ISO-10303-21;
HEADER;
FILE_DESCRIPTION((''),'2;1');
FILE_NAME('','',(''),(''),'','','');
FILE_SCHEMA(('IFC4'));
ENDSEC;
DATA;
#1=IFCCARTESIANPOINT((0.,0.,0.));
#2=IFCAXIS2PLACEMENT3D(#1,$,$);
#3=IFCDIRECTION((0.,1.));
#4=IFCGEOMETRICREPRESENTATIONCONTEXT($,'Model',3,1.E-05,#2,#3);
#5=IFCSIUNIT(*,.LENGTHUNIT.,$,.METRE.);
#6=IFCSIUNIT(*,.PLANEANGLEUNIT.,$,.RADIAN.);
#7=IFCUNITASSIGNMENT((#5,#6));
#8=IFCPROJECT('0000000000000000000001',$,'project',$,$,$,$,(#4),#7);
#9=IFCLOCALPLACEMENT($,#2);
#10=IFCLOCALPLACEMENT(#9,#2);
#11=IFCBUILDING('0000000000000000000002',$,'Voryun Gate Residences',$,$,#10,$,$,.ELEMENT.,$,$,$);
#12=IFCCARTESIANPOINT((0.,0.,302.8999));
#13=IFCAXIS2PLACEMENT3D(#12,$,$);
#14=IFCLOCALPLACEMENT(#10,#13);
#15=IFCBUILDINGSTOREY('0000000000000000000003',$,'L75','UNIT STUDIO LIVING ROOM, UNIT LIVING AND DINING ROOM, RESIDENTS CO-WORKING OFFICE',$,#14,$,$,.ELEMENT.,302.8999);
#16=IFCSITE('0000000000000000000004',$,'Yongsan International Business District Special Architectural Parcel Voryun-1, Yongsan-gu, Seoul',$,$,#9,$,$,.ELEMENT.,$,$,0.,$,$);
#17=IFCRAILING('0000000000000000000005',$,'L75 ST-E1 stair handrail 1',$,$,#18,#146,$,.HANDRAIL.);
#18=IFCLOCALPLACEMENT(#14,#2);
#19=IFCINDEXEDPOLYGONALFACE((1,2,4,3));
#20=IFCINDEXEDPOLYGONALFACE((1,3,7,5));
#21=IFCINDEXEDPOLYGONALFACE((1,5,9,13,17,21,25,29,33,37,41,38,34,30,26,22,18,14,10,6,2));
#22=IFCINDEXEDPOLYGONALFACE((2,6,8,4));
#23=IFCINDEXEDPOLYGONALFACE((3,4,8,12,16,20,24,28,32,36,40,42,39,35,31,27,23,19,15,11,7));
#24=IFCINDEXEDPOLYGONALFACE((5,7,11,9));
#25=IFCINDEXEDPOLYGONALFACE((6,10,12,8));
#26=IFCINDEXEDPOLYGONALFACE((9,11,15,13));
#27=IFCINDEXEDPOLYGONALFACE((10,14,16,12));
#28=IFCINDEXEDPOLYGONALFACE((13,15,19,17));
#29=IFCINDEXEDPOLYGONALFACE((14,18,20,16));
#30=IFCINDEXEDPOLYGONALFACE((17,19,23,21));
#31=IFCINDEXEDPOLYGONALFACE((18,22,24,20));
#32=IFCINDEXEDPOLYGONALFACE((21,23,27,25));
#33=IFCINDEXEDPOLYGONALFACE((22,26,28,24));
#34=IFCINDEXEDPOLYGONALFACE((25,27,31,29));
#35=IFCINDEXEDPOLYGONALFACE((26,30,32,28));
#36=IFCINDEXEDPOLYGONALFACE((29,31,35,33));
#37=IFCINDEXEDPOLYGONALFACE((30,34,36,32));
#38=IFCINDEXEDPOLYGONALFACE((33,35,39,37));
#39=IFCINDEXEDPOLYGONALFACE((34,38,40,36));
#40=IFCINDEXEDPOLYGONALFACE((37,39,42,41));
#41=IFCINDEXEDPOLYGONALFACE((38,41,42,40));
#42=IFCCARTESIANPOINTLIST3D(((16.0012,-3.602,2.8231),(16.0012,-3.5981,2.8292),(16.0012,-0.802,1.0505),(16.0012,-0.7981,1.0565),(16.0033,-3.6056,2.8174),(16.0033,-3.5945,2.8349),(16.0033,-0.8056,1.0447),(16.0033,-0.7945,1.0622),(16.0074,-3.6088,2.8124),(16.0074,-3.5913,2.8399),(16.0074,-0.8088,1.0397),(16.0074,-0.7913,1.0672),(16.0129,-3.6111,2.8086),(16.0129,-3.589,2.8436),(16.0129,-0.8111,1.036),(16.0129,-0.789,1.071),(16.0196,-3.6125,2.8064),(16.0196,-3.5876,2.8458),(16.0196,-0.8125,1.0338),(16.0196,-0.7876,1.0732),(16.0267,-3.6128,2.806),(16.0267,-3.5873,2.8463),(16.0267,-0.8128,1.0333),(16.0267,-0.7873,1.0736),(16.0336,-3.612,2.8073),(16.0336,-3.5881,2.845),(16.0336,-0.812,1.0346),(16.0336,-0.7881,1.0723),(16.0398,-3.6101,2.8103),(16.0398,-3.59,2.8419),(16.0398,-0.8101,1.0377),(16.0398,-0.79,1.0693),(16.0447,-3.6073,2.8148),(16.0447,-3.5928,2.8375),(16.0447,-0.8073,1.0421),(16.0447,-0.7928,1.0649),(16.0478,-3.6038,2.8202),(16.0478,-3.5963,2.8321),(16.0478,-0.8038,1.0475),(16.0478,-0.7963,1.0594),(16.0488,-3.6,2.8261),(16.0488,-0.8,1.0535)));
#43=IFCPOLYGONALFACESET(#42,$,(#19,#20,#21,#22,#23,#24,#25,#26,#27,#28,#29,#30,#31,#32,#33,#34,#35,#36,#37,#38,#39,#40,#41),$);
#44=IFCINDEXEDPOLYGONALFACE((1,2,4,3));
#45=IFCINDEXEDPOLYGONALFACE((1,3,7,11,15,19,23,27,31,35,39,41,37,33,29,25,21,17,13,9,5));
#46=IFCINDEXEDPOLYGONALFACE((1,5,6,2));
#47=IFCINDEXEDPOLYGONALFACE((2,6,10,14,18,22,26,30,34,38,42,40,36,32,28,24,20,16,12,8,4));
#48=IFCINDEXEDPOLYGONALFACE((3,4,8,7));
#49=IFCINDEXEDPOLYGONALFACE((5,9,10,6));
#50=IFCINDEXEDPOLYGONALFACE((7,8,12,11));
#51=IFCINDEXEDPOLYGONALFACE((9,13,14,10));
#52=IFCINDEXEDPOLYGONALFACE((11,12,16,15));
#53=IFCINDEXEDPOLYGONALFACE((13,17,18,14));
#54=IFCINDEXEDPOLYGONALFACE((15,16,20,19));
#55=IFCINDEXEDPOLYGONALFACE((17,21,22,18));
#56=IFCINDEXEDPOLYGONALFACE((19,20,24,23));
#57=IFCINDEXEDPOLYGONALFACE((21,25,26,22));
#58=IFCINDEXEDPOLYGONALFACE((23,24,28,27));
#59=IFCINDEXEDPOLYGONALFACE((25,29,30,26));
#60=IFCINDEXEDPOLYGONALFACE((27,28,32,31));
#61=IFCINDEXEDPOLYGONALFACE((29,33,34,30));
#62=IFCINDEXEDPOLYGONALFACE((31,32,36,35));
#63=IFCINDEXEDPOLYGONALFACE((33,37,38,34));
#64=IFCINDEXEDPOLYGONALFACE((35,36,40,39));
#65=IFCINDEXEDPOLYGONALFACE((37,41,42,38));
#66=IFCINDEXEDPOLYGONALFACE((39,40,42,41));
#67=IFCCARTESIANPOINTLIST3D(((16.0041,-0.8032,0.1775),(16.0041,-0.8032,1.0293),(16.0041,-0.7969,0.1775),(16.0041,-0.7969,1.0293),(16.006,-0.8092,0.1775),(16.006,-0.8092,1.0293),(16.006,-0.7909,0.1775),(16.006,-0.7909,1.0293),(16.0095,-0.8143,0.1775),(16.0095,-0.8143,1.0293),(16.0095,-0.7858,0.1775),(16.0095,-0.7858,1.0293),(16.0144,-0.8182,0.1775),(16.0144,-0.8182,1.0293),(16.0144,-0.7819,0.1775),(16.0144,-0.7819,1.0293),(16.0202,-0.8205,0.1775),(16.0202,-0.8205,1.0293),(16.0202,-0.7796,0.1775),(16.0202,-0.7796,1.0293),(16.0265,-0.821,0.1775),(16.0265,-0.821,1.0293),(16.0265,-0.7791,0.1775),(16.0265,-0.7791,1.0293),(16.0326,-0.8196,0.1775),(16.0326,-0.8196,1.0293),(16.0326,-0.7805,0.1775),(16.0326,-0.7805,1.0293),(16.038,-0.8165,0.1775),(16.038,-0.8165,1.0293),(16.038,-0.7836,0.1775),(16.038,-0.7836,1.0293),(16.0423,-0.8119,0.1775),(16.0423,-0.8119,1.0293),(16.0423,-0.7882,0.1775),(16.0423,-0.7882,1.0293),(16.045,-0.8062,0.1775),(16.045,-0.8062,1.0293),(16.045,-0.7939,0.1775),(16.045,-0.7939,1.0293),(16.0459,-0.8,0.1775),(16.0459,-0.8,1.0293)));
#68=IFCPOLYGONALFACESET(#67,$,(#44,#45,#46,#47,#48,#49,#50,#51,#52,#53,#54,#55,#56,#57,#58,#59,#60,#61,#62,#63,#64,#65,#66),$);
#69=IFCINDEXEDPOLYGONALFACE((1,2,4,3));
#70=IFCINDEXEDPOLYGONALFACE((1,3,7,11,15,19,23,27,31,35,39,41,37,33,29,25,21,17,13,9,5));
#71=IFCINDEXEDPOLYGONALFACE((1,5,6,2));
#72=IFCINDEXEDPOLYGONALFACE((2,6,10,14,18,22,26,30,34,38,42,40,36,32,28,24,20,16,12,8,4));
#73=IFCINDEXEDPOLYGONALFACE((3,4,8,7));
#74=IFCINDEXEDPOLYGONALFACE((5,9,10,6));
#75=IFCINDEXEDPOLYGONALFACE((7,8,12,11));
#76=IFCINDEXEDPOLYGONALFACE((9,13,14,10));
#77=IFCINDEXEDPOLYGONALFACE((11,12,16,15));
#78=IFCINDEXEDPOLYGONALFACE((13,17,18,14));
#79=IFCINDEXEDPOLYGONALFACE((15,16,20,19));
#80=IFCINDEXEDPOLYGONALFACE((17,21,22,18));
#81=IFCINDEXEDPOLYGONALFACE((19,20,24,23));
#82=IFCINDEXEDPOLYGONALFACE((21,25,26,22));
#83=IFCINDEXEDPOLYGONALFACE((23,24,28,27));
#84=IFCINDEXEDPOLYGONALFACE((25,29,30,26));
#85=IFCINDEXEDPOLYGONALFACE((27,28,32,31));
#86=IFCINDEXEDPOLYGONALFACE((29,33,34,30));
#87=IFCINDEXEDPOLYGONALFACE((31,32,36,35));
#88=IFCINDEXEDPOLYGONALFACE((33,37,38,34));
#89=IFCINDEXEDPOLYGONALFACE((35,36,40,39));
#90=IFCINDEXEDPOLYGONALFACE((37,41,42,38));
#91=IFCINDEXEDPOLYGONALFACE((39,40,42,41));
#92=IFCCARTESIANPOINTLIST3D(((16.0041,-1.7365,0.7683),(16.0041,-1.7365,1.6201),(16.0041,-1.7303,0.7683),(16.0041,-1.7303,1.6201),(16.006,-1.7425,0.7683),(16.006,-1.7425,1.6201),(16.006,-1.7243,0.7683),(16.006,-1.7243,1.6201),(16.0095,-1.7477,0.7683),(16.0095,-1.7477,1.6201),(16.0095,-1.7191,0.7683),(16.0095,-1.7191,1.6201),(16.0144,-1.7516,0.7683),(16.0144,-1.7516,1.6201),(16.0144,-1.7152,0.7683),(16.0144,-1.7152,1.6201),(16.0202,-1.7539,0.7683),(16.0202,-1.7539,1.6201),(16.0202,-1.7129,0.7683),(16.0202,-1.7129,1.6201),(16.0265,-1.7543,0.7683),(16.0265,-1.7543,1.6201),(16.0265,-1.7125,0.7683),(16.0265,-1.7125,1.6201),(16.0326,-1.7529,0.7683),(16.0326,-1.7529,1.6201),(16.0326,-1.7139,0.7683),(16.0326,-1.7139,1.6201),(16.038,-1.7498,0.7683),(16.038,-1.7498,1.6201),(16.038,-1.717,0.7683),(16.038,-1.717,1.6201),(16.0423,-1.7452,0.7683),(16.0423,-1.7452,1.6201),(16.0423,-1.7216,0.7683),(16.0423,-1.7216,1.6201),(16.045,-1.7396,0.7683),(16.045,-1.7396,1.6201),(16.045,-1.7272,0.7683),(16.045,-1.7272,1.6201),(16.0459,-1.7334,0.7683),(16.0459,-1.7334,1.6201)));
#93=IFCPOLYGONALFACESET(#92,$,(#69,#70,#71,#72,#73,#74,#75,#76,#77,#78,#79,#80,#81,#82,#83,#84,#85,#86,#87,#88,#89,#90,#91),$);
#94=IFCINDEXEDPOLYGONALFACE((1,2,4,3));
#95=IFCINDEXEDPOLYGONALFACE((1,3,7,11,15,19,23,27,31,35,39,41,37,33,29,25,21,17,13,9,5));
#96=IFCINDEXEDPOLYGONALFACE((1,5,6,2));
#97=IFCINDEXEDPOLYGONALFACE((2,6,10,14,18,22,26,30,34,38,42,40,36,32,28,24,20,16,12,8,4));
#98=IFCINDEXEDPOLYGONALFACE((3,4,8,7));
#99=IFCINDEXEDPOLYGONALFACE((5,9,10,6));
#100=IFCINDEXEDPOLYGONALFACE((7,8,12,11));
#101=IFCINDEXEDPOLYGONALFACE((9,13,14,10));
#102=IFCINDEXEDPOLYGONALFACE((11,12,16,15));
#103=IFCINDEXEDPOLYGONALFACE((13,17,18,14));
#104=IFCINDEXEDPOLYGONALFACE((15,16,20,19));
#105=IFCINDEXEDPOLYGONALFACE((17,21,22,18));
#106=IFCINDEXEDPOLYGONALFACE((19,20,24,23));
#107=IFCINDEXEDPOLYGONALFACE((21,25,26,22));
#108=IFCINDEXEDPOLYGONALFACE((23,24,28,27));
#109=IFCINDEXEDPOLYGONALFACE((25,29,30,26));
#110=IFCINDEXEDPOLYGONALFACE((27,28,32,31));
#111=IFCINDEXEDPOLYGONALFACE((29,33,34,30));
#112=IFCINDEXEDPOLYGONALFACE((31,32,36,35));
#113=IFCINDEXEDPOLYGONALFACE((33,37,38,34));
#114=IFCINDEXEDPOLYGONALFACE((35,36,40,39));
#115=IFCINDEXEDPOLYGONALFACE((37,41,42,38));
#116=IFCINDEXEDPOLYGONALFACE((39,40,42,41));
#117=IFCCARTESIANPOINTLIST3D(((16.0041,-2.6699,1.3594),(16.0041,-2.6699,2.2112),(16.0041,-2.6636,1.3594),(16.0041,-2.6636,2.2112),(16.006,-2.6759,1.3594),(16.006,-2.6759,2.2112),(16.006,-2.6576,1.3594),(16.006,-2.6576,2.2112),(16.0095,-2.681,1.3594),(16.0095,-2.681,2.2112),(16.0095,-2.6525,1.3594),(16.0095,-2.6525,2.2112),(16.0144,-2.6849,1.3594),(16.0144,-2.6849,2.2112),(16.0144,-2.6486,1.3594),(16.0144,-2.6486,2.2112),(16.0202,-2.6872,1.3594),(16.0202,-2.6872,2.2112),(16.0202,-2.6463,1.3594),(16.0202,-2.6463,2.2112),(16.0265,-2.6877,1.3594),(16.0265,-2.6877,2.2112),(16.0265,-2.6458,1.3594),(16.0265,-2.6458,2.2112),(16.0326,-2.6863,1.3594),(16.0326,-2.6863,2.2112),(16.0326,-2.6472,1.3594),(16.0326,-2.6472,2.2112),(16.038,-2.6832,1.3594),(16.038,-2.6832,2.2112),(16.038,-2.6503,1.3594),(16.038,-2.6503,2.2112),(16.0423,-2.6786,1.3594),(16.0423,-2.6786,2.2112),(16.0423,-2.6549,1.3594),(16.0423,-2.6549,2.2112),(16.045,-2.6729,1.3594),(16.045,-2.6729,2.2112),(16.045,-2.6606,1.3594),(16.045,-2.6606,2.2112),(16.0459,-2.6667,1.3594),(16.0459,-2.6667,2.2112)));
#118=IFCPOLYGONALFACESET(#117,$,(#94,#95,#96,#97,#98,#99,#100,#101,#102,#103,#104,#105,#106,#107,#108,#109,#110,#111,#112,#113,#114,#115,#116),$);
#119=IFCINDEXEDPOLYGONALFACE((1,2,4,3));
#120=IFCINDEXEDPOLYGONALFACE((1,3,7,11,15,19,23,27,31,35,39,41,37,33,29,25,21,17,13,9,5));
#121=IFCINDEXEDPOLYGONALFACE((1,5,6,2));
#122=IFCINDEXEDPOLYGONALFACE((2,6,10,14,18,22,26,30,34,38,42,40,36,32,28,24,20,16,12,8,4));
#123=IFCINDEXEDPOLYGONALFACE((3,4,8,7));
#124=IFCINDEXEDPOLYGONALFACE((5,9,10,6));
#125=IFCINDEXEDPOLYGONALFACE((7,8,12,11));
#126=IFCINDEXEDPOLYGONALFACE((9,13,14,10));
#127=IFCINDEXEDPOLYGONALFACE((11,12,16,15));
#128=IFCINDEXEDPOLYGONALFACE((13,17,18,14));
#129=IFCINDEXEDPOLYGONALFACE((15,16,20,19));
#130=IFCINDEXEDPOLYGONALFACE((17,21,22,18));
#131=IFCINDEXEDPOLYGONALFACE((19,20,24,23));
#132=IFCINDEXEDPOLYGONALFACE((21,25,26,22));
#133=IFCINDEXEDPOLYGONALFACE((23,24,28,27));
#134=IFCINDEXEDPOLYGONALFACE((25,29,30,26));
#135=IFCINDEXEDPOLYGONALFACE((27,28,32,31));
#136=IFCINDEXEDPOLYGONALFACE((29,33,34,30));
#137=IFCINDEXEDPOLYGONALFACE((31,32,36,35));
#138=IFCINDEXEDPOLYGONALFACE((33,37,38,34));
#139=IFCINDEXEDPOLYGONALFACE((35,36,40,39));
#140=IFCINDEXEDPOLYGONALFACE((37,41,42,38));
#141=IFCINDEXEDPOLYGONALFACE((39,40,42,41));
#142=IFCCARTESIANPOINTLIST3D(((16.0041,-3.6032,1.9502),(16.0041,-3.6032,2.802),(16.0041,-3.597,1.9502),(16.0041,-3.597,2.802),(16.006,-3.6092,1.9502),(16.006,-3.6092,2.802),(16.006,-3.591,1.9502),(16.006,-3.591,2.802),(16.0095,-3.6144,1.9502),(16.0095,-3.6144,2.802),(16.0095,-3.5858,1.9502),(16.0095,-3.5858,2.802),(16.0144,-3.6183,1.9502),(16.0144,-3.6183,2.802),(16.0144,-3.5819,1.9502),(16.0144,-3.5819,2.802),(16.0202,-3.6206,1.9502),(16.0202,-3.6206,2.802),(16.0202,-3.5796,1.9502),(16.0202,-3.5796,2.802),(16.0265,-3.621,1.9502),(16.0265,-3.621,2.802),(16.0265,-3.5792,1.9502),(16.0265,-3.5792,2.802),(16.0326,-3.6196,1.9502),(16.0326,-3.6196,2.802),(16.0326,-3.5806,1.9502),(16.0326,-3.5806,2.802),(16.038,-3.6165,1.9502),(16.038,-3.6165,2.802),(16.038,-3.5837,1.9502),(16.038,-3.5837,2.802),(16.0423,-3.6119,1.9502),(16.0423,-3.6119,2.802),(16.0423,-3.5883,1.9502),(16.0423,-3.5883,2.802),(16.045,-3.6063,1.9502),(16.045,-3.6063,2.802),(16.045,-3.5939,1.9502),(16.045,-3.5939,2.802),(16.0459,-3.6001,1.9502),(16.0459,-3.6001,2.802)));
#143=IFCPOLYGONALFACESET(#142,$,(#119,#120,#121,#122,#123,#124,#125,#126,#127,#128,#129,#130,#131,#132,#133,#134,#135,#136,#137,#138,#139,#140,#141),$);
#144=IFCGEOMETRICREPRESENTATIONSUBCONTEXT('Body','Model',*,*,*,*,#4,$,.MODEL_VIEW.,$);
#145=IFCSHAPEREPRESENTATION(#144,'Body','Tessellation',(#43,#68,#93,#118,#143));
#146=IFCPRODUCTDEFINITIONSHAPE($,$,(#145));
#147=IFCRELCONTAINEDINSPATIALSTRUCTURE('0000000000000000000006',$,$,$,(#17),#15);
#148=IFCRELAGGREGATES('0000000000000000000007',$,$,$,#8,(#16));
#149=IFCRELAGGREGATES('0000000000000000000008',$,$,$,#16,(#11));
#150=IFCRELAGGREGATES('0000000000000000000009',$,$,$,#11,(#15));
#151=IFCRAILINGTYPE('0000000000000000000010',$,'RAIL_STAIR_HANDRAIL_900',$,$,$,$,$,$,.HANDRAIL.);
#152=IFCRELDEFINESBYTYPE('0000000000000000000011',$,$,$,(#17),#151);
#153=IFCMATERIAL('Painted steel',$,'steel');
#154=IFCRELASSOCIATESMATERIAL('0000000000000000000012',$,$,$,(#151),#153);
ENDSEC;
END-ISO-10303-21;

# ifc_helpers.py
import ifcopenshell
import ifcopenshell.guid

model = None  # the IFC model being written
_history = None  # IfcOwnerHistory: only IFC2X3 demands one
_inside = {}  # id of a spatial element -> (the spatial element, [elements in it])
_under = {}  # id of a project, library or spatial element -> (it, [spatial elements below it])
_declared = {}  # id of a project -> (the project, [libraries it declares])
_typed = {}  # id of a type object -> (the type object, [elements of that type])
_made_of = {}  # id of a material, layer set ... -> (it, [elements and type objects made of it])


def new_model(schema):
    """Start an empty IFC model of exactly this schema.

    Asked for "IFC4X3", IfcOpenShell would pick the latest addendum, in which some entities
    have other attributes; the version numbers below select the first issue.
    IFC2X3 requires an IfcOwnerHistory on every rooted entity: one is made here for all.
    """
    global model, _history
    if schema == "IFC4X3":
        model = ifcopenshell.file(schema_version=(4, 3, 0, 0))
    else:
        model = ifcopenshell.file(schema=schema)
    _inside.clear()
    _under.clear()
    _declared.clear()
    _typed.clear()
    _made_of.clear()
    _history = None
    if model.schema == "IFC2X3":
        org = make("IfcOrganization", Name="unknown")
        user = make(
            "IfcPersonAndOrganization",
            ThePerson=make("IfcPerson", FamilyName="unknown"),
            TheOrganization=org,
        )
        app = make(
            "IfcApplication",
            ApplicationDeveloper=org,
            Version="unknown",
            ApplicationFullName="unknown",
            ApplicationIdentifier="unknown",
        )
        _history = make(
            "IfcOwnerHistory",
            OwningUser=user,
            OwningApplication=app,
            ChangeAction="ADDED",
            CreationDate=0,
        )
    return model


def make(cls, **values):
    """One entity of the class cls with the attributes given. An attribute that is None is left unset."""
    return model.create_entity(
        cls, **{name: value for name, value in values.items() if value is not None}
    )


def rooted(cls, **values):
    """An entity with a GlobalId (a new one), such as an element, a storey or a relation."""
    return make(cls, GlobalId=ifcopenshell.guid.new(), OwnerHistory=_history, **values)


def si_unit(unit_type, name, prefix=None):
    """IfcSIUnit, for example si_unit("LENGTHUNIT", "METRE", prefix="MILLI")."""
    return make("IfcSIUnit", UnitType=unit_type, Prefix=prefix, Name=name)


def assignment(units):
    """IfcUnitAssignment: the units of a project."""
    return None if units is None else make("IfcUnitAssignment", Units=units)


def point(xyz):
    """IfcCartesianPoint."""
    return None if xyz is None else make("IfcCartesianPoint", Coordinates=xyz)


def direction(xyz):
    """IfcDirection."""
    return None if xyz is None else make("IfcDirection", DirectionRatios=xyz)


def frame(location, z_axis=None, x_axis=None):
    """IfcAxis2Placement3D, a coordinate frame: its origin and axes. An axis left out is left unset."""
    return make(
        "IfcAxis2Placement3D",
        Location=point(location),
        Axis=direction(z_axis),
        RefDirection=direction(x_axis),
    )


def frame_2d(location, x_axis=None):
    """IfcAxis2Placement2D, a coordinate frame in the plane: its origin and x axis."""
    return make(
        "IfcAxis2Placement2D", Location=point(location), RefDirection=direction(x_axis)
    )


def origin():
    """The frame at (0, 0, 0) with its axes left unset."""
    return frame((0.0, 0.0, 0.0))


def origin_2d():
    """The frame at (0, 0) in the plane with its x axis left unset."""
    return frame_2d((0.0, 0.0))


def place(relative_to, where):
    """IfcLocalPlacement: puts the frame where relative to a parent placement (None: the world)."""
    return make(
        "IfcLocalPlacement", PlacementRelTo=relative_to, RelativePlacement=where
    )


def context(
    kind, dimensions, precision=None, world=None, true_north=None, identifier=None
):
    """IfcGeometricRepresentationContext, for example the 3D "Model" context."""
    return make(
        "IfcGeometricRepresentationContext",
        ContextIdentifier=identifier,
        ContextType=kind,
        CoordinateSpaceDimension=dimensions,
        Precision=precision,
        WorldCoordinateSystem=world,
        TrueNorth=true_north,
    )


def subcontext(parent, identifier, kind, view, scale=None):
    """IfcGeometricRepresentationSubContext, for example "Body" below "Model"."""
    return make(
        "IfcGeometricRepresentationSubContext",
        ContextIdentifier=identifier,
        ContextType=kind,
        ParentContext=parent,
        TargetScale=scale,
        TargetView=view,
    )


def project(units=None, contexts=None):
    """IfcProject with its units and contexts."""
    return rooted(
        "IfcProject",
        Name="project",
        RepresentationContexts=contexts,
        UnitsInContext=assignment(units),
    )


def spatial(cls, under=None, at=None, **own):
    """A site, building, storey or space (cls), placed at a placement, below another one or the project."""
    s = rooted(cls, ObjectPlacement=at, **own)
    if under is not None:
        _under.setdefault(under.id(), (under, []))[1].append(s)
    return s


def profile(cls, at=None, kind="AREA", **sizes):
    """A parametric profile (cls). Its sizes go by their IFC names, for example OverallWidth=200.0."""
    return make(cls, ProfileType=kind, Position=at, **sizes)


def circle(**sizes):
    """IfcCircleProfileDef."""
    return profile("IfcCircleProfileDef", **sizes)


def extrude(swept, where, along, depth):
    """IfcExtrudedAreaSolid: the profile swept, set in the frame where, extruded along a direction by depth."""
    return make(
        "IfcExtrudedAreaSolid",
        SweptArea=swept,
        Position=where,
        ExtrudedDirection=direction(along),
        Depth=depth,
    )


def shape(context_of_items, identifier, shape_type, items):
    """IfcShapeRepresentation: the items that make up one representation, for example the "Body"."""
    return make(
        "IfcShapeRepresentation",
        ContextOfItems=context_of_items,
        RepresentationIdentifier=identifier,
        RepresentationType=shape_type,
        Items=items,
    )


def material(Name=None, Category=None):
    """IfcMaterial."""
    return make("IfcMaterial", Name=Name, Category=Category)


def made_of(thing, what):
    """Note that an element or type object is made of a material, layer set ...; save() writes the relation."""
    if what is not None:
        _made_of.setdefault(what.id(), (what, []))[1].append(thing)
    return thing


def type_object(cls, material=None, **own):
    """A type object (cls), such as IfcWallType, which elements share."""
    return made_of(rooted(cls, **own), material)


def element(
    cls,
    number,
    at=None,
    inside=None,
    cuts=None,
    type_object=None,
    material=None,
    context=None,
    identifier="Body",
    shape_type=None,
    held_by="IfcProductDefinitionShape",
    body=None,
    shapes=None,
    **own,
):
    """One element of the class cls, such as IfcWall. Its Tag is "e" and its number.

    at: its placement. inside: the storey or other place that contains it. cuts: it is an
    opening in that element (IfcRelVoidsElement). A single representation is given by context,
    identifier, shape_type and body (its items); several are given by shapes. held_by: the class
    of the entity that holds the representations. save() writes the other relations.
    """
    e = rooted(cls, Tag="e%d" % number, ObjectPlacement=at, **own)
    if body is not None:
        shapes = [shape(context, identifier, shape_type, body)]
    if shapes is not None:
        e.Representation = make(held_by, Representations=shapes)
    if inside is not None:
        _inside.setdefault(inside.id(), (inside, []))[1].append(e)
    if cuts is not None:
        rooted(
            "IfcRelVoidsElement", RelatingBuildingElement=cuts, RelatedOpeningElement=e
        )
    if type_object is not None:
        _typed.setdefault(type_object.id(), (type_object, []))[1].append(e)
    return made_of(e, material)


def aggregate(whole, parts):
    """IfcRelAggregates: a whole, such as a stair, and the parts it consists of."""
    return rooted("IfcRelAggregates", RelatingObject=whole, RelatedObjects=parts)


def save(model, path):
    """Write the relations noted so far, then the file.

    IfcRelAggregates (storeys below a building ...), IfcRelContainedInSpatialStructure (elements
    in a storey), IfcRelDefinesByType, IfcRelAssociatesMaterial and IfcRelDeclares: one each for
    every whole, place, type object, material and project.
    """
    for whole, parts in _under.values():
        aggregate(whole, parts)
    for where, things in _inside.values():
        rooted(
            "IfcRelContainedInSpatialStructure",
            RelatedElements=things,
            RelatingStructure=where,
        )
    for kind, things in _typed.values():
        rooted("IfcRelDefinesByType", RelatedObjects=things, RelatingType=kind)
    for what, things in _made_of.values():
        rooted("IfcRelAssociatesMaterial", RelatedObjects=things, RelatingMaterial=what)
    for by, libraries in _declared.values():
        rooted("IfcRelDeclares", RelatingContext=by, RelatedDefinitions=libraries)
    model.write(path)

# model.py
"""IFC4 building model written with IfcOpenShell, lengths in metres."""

from ifc_helpers import new_model, si_unit, direction, frame, origin, origin_2d, place, context, subcontext, project, spatial, circle, extrude, material, type_object, element, save


model = new_model("IFC4")

# Units and contexts
model_context = context("Model", 3, precision=1e-05, world=origin(), true_north=direction((0.0, 1.0)))
body_context = subcontext(model_context, "Body", "Model", "MODEL_VIEW")
ifc_project = project(units=[si_unit("LENGTHUNIT", "METRE"), si_unit("PLANEANGLEUNIT", "RADIAN")], contexts=[model_context])

# Site, building, storey
site_placement = place(None, origin())
site = spatial("IfcSite", under=ifc_project, at=site_placement, Name="Yongsan International Business District Special Architectural Parcel Voryun-1, Yongsan-gu, Seoul", CompositionType="ELEMENT", RefElevation=0.0)
building_placement = place(site_placement, origin())
building = spatial("IfcBuilding", under=site, at=building_placement, Name="Voryun Gate Residences", CompositionType="ELEMENT")
storey_placement = place(building_placement, frame((0.0, 0.0, 302.8999)))
storey = spatial("IfcBuildingStorey", under=building, at=storey_placement, Name="L75", Description="UNIT STUDIO LIVING ROOM, UNIT LIVING AND DINING ROOM, RESIDENTS CO-WORKING OFFICE", CompositionType="ELEMENT", Elevation=302.8999)

# Railing
ifc_material_1 = material(Name="Painted steel", Category="steel")
railing_type_1 = type_object("IfcRailingType", Name="RAIL_STAIR_HANDRAIL_900", PredefinedType="HANDRAIL", material=ifc_material_1)
railing_1_placement = place(storey_placement, frame((16.0249, -0.8, 0.1775)))
element("IfcRailing", 1, at=railing_1_placement, inside=storey, type_object=railing_type_1, Name="L75 ST-E1 stair handrail 1", PredefinedType="HANDRAIL", context=body_context, shape_type="SweptSolid", body=[
    extrude(circle(Radius=0.0239, at=origin_2d()), frame((0.0, 0.0, 0.876), z_axis=(0.0, -0.844909, 0.53491), x_axis=(1.0, 0.0, 0.0)), (0.0, 0.0, 1.0), 3.314),
    extrude(circle(Radius=0.021, at=origin_2d()), origin(), (0.0, 0.0, 1.0), 0.8518),
    extrude(circle(Radius=0.021, at=origin_2d()), frame((0.0, -0.9333, 0.5908)), (0.0, 0.0, 1.0), 0.8518),
    extrude(circle(Radius=0.021, at=origin_2d()), frame((0.0, -1.8667, 1.1819)), (0.0, 0.0, 1.0), 0.8518),
    extrude(circle(Radius=0.021, at=origin_2d()), frame((0.0, -2.8, 1.7727)), (0.0, 0.0, 1.0), 0.8518),
])

save(model, "model.ifc")
